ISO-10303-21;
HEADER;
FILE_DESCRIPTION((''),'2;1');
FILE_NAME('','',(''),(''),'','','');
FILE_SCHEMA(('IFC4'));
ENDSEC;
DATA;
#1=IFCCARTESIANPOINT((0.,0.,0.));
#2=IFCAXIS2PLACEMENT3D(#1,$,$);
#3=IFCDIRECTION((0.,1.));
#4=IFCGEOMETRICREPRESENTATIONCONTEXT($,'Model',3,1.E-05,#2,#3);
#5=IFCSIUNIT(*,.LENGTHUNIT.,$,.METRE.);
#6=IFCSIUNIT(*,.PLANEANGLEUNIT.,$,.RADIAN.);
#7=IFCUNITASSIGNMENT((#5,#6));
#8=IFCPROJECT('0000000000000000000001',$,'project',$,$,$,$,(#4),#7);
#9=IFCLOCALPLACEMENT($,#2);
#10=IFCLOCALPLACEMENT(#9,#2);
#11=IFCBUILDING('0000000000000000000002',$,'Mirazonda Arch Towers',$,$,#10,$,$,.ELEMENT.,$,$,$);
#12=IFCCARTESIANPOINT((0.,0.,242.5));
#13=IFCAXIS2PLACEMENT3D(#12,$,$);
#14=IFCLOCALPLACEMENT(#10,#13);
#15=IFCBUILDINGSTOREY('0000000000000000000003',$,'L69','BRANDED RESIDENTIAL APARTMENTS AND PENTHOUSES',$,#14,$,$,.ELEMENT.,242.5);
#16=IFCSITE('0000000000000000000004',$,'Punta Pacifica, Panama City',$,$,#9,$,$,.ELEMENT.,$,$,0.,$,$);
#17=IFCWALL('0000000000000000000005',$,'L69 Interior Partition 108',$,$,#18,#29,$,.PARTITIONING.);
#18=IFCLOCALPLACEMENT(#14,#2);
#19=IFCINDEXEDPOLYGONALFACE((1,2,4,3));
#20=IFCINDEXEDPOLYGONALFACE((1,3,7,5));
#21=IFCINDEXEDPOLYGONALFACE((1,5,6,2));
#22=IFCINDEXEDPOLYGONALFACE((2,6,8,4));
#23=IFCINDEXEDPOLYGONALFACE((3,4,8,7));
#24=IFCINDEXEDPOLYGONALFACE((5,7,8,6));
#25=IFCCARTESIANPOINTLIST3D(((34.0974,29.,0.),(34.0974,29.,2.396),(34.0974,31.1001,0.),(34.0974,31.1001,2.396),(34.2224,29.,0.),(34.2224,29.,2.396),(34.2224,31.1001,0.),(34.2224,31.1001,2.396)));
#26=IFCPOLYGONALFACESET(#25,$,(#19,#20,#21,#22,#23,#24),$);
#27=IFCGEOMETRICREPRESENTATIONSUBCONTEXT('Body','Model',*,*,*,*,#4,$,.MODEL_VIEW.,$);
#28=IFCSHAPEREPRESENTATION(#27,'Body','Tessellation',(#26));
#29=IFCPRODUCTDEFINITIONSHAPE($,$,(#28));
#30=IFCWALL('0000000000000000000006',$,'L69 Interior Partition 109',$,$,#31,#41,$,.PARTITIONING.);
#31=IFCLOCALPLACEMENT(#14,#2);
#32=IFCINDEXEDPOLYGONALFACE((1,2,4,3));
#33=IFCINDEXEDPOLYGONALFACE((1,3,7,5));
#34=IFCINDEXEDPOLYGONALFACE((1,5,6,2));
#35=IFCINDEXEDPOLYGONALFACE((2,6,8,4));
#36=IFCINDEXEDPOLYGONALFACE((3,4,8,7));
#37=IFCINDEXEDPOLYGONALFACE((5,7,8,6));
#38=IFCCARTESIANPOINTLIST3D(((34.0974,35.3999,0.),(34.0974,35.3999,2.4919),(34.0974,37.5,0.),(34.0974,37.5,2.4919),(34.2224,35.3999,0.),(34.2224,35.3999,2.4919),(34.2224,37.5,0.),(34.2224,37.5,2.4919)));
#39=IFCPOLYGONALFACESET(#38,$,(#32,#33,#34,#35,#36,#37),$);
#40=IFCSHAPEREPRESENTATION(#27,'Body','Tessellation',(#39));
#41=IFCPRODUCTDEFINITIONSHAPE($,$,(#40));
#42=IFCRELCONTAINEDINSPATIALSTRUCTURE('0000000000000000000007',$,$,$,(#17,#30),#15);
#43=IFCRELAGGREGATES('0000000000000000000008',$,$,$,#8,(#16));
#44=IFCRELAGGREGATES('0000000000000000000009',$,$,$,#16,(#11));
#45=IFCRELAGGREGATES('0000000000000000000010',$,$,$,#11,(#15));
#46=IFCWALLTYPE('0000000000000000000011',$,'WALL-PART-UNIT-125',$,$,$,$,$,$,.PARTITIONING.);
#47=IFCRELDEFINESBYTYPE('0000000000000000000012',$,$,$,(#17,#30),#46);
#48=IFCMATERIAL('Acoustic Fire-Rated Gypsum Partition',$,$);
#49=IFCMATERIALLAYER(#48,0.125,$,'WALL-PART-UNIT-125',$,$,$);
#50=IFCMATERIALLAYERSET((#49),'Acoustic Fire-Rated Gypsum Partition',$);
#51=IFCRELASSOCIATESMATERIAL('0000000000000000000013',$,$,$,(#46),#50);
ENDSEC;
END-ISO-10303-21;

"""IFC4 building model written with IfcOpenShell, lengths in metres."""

from ifc_helpers import new_model, si_unit, direction, frame, frame_2d, origin, place, context, subcontext, project, spatial, rectangle, extrude, material, layer, layer_set, type_object, element, save


model = new_model("IFC4")

# Units and contexts
model_context = context("Model", 3, precision=1e-05, world=origin(), true_north=direction((0.0, 1.0)))
body_context = subcontext(model_context, "Body", "Model", "MODEL_VIEW")
ifc_project = project(units=[si_unit("LENGTHUNIT", "METRE"), si_unit("PLANEANGLEUNIT", "RADIAN")], contexts=[model_context])

# Site, building, storey
site_placement = place(None, origin())
site = spatial("IfcSite", under=ifc_project, at=site_placement, Name="Punta Pacifica, Panama City", CompositionType="ELEMENT", RefElevation=0.0)
building_placement = place(site_placement, origin())
building = spatial("IfcBuilding", under=site, at=building_placement, Name="Mirazonda Arch Towers", CompositionType="ELEMENT")
storey_placement = place(building_placement, frame((0.0, 0.0, 242.5)))
storey = spatial("IfcBuildingStorey", under=building, at=storey_placement, Name="L69", Description="BRANDED RESIDENTIAL APARTMENTS AND PENTHOUSES", CompositionType="ELEMENT", Elevation=242.5)

# Walls
ifc_material_1 = material(Name="Acoustic Fire-Rated Gypsum Partition")
ifc_layer_1 = layer(ifc_material_1, 0.125, Name="WALL-PART-UNIT-125")
ifc_layer_set_1 = layer_set([ifc_layer_1], Name="Acoustic Fire-Rated Gypsum Partition")
wall_type_1 = type_object("IfcWallType", Name="WALL-PART-UNIT-125", PredefinedType="PARTITIONING", material=ifc_layer_set_1)
wall_1_placement = place(storey_placement, frame((34.1599, 29.0, 0.0), z_axis=(0.0, 0.0, 1.0), x_axis=(0.0, 1.0, 0.0)))
element("IfcWall", 1, at=wall_1_placement, inside=storey, type_object=wall_type_1, Name="L69 Interior Partition 108", PredefinedType="PARTITIONING", context=body_context, shape_type="SweptSolid", body=[
    extrude(rectangle(XDim=2.1001, YDim=0.125, at=frame_2d((1.05, 0.0))), origin(), (0.0, 0.0, 1.0), 2.396),
])
wall_2_placement = place(storey_placement, frame((34.1599, 35.3999, 0.0), z_axis=(0.0, 0.0, 1.0), x_axis=(0.0, 1.0, 0.0)))
element("IfcWall", 2, at=wall_2_placement, inside=storey, type_object=wall_type_1, Name="L69 Interior Partition 109", PredefinedType="PARTITIONING", context=body_context, shape_type="SweptSolid", body=[
    extrude(rectangle(XDim=2.1001, YDim=0.125, at=frame_2d((1.05, 0.0))), origin(), (0.0, 0.0, 1.0), 2.4919),
])

save(model, "model.ifc")
